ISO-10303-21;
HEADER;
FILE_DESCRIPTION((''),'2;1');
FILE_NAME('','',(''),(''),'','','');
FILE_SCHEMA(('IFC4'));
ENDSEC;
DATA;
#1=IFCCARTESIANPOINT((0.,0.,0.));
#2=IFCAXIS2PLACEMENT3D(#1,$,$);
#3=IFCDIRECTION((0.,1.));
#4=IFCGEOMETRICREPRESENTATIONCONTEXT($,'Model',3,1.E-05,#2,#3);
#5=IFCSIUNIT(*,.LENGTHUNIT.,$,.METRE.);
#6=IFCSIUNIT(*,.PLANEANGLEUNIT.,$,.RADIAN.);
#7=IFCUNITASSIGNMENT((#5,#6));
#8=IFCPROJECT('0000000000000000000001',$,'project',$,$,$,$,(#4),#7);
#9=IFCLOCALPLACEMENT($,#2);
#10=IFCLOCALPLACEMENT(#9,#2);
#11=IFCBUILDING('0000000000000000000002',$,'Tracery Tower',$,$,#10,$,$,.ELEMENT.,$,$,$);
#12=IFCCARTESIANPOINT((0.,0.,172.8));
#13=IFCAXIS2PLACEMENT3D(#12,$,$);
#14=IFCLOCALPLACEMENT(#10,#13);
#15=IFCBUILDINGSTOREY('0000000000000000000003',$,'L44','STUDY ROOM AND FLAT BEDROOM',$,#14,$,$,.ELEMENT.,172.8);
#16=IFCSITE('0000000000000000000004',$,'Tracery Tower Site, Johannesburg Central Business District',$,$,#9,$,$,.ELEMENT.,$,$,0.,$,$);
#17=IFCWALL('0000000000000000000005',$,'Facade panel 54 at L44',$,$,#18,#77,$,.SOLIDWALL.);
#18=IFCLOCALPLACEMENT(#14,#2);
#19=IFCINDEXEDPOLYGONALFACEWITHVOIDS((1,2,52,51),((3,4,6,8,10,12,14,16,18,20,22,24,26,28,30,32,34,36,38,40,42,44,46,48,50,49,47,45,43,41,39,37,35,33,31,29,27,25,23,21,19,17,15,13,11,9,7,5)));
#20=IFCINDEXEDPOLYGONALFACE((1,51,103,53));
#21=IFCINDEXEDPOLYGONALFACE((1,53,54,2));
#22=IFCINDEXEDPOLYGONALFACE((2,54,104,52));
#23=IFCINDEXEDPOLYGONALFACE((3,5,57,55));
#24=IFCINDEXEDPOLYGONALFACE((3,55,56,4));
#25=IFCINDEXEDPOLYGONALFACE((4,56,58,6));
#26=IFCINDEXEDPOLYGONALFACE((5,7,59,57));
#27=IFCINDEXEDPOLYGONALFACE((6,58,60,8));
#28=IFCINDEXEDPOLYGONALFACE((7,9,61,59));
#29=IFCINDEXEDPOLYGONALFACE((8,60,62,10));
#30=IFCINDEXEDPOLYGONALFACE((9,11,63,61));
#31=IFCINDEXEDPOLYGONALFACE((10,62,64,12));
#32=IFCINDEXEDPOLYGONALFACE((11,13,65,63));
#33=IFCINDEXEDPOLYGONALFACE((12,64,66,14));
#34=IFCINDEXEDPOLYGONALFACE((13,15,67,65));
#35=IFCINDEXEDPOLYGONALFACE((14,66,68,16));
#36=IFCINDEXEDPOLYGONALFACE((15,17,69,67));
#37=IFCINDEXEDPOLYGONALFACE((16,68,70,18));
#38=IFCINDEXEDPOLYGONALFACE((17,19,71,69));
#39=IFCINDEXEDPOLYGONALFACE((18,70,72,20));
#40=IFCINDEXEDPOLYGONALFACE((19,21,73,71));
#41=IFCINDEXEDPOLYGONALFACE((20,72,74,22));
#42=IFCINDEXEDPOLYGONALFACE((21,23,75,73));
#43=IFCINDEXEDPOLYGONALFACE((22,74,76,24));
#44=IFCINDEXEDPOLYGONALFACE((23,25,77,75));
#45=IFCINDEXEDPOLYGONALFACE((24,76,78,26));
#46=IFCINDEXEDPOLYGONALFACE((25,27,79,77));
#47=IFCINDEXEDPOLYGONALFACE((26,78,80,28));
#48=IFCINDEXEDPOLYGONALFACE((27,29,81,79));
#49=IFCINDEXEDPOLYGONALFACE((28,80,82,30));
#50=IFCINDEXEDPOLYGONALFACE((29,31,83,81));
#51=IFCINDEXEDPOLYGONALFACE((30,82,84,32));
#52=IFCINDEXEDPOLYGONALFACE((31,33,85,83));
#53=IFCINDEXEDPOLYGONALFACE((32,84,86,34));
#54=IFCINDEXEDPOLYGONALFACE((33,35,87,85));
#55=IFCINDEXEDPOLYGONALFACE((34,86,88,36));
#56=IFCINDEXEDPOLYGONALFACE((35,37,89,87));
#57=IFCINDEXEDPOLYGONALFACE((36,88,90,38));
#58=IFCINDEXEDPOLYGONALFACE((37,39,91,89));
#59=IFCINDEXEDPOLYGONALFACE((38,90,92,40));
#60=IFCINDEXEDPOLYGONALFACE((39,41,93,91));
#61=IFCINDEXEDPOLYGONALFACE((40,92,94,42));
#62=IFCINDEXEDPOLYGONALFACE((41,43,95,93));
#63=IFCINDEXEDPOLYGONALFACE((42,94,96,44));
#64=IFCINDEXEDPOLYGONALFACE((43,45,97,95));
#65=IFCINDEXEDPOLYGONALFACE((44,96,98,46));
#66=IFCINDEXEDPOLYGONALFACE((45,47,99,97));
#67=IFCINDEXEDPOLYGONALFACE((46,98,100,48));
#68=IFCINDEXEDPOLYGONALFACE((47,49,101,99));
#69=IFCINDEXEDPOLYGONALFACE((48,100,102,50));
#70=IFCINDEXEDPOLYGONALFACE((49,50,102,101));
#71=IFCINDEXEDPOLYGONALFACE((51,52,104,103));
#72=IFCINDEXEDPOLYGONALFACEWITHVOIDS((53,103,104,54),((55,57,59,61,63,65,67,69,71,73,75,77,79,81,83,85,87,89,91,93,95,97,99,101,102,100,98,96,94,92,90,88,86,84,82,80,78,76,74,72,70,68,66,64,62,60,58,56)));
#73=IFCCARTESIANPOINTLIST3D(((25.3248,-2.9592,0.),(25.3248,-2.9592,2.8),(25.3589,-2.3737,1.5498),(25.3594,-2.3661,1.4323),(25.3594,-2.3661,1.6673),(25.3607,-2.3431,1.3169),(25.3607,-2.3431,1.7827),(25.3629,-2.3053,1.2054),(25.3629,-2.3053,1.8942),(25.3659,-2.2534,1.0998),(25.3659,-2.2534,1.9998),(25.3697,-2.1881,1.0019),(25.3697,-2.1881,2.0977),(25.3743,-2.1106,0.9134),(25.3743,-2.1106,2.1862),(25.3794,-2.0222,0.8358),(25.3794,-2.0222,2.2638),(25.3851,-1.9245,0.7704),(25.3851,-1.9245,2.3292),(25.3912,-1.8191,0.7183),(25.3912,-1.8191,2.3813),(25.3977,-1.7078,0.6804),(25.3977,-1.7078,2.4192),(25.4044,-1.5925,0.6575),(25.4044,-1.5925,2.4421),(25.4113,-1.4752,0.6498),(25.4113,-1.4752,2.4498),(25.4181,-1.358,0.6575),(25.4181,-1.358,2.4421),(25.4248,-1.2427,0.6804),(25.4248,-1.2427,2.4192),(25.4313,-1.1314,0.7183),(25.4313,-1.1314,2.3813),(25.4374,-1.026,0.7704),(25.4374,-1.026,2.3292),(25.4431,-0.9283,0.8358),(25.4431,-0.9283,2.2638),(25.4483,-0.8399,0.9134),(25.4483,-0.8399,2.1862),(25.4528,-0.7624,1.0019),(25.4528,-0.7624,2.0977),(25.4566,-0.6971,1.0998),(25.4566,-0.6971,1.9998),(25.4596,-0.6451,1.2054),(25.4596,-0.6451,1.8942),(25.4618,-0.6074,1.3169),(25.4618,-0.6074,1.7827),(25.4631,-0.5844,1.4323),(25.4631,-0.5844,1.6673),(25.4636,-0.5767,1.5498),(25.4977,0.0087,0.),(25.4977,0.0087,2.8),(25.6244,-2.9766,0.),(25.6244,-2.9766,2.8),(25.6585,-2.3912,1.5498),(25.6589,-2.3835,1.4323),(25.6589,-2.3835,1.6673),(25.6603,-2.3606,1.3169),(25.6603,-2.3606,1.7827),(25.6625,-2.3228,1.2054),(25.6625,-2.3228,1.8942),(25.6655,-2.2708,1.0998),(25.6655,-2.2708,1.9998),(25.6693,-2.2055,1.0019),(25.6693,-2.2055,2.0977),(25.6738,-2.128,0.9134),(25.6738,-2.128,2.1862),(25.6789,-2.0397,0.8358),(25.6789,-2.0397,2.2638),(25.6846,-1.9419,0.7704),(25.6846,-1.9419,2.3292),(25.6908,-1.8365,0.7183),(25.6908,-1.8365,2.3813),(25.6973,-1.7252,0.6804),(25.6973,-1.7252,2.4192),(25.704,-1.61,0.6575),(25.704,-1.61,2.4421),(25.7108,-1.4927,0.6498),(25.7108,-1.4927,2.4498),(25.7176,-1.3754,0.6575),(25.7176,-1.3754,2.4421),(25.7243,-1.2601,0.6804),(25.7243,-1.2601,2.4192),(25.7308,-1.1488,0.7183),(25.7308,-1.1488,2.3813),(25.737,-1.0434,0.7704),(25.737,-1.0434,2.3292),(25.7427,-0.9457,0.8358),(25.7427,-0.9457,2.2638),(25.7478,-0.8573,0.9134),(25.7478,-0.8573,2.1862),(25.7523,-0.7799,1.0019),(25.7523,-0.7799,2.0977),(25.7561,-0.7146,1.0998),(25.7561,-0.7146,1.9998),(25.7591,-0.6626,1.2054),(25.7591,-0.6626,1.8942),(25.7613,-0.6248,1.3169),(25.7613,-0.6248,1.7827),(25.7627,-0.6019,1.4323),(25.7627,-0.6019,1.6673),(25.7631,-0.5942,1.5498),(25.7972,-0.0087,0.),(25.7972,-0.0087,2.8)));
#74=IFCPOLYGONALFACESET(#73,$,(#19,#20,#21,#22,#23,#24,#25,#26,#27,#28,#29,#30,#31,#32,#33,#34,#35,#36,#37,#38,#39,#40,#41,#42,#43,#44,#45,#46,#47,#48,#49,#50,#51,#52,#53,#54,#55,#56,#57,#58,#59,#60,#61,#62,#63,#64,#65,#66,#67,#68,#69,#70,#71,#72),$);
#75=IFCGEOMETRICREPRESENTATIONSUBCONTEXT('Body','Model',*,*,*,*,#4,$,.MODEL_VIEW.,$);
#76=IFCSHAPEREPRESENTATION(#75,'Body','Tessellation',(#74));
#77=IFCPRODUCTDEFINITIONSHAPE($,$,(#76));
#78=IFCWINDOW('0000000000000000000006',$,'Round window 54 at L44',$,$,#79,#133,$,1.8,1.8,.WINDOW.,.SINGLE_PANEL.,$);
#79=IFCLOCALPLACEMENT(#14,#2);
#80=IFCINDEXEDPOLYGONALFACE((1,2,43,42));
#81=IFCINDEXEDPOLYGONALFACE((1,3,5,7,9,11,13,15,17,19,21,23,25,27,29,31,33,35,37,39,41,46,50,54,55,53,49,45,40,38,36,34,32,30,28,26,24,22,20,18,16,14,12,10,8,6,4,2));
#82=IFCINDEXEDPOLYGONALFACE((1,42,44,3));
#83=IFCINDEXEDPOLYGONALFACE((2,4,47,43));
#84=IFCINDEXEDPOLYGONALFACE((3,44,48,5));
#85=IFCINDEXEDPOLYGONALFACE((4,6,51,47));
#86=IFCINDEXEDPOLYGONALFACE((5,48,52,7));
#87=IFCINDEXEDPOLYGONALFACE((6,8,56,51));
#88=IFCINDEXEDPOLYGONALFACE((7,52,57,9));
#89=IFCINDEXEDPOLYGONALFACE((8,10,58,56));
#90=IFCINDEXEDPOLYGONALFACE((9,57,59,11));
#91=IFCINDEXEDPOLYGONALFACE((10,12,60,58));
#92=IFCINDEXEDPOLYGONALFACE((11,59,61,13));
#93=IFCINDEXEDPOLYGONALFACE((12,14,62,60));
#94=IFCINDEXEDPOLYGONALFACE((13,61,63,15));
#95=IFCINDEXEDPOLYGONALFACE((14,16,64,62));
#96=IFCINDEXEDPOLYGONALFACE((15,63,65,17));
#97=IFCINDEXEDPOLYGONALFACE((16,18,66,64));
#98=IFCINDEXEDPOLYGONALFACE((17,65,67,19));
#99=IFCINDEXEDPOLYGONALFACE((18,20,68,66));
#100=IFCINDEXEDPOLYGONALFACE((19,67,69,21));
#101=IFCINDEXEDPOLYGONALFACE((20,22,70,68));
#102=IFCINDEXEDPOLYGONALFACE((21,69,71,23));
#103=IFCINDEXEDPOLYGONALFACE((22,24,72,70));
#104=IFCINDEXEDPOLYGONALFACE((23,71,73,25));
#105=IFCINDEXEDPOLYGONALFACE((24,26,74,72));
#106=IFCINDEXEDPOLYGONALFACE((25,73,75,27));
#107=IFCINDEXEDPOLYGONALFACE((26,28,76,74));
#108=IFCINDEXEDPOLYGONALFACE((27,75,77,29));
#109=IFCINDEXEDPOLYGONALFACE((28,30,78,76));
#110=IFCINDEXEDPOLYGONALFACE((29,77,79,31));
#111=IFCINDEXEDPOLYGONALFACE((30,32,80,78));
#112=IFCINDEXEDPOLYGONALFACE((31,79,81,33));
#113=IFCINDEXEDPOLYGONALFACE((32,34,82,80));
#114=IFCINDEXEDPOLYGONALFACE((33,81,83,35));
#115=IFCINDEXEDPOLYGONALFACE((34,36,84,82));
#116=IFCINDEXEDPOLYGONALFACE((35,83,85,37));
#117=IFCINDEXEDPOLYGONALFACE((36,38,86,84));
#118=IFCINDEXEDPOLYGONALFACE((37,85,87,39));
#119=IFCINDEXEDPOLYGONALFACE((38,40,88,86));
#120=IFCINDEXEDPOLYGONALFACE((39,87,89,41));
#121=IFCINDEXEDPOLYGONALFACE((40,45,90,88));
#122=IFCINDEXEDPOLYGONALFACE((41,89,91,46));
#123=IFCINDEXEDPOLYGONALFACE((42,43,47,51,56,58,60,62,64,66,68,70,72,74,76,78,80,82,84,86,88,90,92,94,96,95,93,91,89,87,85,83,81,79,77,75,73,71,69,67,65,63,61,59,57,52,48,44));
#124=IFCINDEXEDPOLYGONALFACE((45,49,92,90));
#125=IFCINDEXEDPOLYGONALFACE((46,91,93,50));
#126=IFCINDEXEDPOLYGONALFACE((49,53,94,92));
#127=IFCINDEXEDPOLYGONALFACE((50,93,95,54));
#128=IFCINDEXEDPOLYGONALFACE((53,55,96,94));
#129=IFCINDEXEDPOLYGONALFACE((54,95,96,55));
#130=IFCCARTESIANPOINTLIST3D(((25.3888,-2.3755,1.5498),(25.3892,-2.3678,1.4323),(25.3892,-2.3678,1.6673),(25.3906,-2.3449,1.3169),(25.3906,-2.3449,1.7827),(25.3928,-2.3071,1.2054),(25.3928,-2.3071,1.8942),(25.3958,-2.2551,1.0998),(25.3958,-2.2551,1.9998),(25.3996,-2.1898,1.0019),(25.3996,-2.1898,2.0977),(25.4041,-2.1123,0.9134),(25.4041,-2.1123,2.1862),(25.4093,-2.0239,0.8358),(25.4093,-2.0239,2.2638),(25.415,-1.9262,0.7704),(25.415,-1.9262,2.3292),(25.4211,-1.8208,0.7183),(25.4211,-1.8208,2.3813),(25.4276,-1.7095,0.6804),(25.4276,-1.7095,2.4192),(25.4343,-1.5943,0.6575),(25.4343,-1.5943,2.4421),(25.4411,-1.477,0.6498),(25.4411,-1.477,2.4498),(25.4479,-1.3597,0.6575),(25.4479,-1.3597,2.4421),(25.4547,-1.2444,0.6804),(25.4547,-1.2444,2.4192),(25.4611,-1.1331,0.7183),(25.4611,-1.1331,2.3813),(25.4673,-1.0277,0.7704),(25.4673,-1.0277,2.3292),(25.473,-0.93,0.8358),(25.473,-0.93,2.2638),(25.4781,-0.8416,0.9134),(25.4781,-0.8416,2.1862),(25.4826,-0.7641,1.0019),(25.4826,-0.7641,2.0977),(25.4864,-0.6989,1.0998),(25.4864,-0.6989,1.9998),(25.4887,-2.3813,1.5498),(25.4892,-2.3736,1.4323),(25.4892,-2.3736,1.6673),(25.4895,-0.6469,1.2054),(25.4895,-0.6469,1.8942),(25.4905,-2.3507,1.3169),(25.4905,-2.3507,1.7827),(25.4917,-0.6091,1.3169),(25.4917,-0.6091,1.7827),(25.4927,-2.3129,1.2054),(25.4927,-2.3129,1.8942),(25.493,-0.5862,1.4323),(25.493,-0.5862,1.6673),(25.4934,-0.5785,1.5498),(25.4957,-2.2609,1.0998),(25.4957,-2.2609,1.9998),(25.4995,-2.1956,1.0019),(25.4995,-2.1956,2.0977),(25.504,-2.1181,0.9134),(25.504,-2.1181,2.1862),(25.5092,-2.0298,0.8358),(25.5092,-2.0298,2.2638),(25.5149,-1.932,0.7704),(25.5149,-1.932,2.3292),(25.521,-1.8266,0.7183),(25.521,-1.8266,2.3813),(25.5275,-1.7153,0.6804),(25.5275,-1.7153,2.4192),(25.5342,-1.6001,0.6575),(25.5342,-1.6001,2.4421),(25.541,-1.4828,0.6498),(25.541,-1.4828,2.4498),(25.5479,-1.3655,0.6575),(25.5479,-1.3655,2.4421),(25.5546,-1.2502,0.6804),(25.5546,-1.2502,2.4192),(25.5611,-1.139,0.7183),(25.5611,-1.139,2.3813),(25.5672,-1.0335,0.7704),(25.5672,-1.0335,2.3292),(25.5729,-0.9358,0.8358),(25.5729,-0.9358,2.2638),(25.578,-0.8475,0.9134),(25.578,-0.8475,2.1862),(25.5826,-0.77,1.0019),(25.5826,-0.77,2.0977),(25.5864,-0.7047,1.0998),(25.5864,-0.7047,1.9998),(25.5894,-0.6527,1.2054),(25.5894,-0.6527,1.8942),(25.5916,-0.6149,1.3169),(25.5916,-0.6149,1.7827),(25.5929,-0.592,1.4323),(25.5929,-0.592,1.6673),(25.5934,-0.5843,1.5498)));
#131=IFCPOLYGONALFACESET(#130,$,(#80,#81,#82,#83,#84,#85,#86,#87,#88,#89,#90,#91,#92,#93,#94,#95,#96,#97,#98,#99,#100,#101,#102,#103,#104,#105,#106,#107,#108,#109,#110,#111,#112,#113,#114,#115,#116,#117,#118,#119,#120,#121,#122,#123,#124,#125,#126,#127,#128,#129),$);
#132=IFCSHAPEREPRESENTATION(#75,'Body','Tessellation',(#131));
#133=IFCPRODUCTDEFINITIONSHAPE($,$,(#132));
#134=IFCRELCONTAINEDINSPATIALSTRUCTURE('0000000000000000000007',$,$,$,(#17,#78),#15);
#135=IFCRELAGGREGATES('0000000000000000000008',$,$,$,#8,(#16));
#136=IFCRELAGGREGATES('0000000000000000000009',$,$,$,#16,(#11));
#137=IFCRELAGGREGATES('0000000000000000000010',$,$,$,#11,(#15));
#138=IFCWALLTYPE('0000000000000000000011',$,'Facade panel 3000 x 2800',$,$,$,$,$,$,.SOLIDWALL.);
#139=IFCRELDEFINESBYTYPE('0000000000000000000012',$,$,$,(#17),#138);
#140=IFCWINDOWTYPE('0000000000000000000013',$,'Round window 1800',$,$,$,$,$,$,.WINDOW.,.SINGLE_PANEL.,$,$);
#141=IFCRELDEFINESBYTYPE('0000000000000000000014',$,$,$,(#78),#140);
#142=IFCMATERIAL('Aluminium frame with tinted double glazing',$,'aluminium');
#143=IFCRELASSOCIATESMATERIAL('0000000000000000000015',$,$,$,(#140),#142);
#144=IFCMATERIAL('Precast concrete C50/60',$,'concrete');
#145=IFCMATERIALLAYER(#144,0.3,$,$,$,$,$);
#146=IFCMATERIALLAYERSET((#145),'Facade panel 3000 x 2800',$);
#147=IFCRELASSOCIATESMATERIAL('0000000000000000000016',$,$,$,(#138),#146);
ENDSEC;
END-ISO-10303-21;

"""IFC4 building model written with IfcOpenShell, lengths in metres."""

from ifc_helpers import new_model, si_unit, direction, frame, frame_2d, origin, origin_2d, place, context, subcontext, project, spatial, rectangle, circle, extrude, material, layer, layer_set, type_object, element, fill, save


model = new_model("IFC4")

# Units and contexts
model_context = context("Model", 3, precision=1e-05, world=origin(), true_north=direction((0.0, 1.0)))
body_context = subcontext(model_context, "Body", "Model", "MODEL_VIEW")
ifc_project = project(units=[si_unit("LENGTHUNIT", "METRE"), si_unit("PLANEANGLEUNIT", "RADIAN")], contexts=[model_context])

# Site, building, storey
site_placement = place(None, origin())
site = spatial("IfcSite", under=ifc_project, at=site_placement, Name="Tracery Tower Site, Johannesburg Central Business District", CompositionType="ELEMENT", RefElevation=0.0)
building_placement = place(site_placement, origin())
building = spatial("IfcBuilding", under=site, at=building_placement, Name="Tracery Tower", CompositionType="ELEMENT")
storey_placement = place(building_placement, frame((0.0, 0.0, 172.8)))
storey = spatial("IfcBuildingStorey", under=building, at=storey_placement, Name="L44", Description="STUDY ROOM AND FLAT BEDROOM", CompositionType="ELEMENT", Elevation=172.8)

# Wall, opening, window
ifc_material_1 = material(Name="Aluminium frame with tinted double glazing", Category="aluminium")
window_type = type_object("IfcWindowType", Name="Round window 1800", PartitioningType="SINGLE_PANEL", PredefinedType="WINDOW", material=ifc_material_1)
ifc_material_2 = material(Name="Precast concrete C50/60", Category="concrete")
ifc_layer_1 = layer(ifc_material_2, 0.3)
ifc_layer_set_1 = layer_set([ifc_layer_1], Name="Facade panel 3000 x 2800")
wall_type_1 = type_object("IfcWallType", Name="Facade panel 3000 x 2800", PredefinedType="SOLIDWALL", material=ifc_layer_set_1)
wall_1_placement = place(storey_placement, frame((25.4746, -2.9678, 0.0), z_axis=(0.0, 0.0, 1.0), x_axis=(0.058144, 0.998308, 0.0)))
wall_1 = element("IfcWall", 1, at=wall_1_placement, inside=storey, type_object=wall_type_1, Name="Facade panel 54 at L44", PredefinedType="SOLIDWALL", context=body_context, shape_type="SweptSolid", body=[
    extrude(rectangle(XDim=2.9729, YDim=0.3, at=frame_2d((1.4863, 0.0))), origin(), (0.0, 0.0, 1.0), 2.8),
])
opening_1_placement = place(wall_1_placement, frame((1.4863, 0.0, 1.5498)))
opening_1 = element("IfcOpeningElement", 2, at=opening_1_placement, cuts=wall_1, PredefinedType="OPENING", context=body_context, shape_type="SweptSolid", body=[
    extrude(circle(Radius=0.9, at=origin_2d()), frame((0.0, 0.1599, 0.0), z_axis=(0.0, -1.0, 0.0), x_axis=(1.0, 0.0, 0.0)), (0.0, 0.0, 1.0), 0.3201),
])
window_1_placement = place(opening_1_placement, origin())
window_1 = element("IfcWindow", 3, at=window_1_placement, inside=storey, type_object=window_type, Name="Round window 54 at L44", OverallHeight=1.8, OverallWidth=1.8, PartitioningType="SINGLE_PANEL", PredefinedType="WINDOW", context=body_context, shape_type="SweptSolid", body=[
    extrude(circle(Radius=0.9, at=origin_2d()), frame((0.0, 0.1201, 0.0), z_axis=(0.0, -1.0, 0.0), x_axis=(1.0, 0.0, 0.0)), (0.0, 0.0, 1.0), 0.1001),
])
fill(opening_1, window_1)

save(model, "model.ifc")
